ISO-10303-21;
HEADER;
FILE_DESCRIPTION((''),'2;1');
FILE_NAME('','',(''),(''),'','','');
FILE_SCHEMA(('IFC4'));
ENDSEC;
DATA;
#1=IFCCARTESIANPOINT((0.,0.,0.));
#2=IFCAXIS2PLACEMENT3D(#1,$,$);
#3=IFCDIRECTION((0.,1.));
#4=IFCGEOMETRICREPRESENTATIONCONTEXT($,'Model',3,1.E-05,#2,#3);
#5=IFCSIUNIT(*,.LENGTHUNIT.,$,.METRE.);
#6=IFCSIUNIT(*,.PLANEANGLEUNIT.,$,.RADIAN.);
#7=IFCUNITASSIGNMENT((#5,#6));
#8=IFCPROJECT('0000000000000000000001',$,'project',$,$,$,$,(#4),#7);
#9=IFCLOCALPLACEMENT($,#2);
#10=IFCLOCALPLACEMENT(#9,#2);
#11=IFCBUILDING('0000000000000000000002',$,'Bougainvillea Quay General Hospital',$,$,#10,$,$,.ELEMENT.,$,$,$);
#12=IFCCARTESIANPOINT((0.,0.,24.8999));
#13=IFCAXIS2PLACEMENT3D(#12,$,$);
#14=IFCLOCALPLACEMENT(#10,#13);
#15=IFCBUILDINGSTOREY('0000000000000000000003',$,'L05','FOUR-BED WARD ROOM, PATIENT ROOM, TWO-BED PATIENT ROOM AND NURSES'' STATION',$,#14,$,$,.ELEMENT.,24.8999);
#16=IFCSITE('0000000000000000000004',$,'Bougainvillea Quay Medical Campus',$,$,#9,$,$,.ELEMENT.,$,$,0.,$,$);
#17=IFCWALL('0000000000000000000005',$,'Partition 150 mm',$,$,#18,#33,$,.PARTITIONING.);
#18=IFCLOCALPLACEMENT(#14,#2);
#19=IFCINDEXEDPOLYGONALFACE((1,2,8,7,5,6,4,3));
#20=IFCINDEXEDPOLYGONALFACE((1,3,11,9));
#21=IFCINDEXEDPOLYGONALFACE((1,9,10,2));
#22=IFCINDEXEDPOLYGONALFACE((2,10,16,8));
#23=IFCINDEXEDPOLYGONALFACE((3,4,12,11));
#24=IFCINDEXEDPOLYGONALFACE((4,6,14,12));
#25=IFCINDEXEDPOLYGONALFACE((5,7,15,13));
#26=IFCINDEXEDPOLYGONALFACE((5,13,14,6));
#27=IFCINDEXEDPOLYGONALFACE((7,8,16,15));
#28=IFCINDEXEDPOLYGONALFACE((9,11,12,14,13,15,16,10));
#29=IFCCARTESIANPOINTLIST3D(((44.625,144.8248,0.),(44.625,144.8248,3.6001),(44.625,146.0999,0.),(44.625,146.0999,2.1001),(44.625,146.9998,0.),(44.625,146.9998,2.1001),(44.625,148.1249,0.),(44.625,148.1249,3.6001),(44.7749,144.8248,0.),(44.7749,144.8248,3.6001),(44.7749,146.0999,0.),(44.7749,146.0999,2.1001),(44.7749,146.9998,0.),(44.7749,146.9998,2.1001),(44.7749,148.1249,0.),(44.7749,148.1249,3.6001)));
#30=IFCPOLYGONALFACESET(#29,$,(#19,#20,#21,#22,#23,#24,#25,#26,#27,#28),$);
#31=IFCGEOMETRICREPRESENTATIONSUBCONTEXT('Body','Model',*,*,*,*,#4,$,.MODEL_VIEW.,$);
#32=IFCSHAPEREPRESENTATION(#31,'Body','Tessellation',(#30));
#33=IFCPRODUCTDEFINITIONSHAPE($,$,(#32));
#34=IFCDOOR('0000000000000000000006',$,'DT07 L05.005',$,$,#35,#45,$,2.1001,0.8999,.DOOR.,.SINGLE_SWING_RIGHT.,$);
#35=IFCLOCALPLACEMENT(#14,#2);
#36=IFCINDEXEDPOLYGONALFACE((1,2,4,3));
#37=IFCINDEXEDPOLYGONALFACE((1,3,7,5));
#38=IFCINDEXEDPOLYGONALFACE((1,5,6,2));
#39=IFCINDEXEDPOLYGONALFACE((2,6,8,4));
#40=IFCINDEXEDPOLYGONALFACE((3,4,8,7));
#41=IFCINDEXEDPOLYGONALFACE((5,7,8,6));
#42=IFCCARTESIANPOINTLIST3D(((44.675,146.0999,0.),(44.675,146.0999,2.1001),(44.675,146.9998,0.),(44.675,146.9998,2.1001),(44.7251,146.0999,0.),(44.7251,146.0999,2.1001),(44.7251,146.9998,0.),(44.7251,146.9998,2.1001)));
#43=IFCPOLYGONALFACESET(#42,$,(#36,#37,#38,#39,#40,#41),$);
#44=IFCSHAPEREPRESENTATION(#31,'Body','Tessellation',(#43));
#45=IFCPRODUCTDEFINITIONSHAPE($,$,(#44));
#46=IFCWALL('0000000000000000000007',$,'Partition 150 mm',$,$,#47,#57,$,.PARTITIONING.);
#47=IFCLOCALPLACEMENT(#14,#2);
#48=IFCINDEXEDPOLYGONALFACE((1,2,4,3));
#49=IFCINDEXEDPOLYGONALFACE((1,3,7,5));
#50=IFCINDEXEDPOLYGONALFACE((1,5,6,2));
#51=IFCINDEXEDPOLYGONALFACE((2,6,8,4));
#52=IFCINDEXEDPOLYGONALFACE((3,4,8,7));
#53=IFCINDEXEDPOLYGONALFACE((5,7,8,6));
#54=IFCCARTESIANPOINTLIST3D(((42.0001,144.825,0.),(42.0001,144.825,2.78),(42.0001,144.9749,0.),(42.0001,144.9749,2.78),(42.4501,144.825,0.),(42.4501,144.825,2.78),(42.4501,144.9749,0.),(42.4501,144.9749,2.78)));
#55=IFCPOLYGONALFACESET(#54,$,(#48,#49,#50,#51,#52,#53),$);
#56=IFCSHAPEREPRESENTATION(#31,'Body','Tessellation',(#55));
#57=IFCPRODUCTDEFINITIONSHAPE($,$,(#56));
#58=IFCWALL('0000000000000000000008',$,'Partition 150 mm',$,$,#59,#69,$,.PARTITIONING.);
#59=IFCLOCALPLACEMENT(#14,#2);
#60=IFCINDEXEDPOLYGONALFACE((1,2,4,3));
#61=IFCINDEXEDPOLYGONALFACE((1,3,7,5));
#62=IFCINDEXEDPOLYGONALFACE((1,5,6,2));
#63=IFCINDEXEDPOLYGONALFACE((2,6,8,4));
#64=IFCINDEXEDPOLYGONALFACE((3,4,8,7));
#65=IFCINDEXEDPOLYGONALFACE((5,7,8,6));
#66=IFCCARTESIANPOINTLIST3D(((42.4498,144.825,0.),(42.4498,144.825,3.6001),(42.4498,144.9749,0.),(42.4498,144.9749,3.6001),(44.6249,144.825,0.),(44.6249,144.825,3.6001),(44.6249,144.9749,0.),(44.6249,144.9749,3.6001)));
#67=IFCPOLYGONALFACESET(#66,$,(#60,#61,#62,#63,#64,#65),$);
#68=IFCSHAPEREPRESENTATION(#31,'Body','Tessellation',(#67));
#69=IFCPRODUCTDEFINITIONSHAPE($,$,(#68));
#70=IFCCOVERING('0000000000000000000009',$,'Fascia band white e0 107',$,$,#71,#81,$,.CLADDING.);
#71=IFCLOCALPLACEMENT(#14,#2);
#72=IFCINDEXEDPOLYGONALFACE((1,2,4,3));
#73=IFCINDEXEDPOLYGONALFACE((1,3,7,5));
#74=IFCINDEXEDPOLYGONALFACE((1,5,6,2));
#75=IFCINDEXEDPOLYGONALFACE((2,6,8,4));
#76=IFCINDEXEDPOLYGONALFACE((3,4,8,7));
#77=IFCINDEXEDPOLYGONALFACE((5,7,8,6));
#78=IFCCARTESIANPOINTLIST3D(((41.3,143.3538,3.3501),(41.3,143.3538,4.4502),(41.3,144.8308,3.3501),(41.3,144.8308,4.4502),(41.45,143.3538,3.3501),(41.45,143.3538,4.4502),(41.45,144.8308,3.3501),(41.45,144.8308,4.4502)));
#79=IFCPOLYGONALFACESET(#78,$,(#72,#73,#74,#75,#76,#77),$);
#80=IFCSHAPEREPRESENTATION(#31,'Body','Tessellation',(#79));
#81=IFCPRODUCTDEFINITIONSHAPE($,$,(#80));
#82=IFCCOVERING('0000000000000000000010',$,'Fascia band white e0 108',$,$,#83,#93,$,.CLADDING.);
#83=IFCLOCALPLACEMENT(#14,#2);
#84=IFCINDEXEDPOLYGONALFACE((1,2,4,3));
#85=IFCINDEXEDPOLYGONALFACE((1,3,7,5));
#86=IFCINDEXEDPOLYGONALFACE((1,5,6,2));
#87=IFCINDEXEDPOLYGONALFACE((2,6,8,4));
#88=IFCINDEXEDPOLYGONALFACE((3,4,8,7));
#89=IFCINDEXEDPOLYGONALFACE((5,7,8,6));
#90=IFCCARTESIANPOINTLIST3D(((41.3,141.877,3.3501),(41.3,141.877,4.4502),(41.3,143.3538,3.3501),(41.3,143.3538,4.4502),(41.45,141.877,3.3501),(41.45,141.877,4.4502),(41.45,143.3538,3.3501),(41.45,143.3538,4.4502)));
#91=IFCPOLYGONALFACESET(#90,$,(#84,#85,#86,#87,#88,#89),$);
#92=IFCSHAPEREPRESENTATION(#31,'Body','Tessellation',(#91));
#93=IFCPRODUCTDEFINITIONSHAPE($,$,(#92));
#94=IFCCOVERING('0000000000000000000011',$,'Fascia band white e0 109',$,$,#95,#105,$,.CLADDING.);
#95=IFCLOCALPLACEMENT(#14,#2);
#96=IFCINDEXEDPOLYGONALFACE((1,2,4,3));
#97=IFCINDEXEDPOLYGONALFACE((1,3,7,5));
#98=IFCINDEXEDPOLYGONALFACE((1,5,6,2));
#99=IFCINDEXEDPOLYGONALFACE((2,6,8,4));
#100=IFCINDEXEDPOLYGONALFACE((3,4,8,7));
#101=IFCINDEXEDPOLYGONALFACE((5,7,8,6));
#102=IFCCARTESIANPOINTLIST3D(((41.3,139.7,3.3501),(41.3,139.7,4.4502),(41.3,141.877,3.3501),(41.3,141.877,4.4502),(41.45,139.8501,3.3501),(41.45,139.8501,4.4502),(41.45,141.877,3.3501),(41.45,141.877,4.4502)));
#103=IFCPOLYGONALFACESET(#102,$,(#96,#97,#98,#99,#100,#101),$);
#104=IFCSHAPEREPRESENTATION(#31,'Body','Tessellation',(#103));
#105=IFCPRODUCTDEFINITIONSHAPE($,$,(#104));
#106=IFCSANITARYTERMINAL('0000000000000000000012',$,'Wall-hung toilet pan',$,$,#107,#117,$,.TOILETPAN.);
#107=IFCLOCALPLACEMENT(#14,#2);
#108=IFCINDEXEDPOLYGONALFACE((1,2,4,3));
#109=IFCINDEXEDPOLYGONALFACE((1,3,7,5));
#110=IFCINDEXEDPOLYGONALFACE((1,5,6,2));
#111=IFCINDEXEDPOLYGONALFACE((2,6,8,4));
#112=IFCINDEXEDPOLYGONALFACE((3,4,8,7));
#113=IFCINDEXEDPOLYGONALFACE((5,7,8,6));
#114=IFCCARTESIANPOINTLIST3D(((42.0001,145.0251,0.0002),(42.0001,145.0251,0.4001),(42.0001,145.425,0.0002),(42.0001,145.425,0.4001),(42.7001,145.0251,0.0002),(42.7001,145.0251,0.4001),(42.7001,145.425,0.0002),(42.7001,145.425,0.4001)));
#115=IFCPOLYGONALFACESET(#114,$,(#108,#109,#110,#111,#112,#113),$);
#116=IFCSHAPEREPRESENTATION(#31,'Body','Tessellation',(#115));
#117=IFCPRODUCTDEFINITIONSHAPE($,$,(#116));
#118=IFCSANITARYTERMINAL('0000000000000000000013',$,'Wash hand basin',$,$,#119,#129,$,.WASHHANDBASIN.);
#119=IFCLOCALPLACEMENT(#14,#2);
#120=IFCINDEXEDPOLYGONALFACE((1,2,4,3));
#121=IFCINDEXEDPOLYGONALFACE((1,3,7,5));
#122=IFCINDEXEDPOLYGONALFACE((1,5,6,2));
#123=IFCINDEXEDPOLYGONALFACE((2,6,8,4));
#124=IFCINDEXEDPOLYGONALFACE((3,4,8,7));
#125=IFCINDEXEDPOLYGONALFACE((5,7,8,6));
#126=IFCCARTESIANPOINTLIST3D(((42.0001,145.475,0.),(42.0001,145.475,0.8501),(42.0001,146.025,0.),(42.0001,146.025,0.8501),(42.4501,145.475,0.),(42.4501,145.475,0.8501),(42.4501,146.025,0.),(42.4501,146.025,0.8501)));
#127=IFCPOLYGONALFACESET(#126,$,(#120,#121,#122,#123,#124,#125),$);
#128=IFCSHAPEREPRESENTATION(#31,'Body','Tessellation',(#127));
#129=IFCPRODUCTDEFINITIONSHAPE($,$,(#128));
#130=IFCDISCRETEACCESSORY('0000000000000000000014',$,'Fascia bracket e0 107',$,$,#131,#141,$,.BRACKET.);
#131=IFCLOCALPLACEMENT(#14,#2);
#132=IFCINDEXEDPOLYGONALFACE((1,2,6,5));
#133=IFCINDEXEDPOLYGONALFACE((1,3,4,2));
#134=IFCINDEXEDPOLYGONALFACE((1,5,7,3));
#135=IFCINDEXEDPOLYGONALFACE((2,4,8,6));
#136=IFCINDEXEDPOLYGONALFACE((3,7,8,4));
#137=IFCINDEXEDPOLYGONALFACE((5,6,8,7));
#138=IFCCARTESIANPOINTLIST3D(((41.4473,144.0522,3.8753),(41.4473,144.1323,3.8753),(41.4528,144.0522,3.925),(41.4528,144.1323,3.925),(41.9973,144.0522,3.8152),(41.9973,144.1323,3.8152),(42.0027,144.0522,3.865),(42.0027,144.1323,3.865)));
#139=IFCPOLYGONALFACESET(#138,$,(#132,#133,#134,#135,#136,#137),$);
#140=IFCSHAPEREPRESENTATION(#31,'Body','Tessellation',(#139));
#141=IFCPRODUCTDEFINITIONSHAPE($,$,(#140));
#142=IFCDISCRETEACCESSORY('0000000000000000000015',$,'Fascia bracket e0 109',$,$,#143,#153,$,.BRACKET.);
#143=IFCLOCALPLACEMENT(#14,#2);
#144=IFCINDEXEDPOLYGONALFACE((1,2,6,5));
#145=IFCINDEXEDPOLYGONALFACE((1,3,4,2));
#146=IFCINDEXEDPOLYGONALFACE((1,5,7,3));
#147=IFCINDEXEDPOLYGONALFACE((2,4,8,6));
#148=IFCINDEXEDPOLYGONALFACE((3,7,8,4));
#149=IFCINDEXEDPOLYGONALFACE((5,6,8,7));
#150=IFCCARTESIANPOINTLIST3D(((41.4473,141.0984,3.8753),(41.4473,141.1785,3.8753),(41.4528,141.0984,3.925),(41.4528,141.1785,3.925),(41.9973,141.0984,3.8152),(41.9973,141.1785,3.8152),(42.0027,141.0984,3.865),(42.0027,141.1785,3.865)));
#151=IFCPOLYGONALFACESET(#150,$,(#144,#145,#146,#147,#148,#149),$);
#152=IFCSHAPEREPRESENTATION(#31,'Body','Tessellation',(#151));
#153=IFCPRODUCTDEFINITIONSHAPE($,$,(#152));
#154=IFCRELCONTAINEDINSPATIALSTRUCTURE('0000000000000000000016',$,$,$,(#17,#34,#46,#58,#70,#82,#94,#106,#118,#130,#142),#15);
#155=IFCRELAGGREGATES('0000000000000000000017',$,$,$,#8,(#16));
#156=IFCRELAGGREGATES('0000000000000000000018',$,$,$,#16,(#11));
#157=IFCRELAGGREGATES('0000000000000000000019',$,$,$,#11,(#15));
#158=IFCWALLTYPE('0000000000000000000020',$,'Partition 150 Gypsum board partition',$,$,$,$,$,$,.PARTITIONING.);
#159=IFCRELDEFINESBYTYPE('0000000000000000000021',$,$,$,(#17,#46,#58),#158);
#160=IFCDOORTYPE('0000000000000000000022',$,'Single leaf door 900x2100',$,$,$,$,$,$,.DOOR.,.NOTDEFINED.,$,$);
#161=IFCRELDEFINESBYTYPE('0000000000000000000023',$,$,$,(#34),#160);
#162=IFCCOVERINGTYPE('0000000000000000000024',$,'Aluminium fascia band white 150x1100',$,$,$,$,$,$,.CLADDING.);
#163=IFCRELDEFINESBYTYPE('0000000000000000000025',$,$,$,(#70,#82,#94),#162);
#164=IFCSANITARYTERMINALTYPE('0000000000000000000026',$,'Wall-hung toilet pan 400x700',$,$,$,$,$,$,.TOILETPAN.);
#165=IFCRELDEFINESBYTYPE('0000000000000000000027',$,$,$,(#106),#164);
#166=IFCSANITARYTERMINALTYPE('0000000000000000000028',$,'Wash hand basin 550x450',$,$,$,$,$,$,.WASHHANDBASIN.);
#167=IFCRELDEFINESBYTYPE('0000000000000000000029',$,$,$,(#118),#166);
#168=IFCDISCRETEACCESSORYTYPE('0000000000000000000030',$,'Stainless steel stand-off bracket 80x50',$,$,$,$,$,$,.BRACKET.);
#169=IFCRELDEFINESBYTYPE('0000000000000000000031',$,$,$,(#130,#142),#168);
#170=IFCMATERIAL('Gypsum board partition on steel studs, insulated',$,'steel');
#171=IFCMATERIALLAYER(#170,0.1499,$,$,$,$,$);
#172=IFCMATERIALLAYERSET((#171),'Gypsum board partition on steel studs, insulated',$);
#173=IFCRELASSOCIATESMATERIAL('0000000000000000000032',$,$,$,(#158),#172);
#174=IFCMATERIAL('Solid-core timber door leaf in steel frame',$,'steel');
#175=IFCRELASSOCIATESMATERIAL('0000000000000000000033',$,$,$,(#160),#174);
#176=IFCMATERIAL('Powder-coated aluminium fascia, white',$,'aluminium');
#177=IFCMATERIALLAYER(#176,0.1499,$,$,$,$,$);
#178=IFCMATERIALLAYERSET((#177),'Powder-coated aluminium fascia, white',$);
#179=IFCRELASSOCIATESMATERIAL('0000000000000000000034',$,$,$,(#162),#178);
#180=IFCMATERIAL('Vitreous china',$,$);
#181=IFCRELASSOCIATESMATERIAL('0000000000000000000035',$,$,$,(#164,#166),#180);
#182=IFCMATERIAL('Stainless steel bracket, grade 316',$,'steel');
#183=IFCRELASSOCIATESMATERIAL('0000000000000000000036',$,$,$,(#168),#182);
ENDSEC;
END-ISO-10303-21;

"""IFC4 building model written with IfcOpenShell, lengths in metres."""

from ifc_helpers import new_model, si_unit, direction, frame, frame_2d, origin, origin_2d, place, context, subcontext, project, spatial, polyline, rectangle, outline, extrude, material, layer, layer_set, material_profile, profile_set, type_object, element, fill, save


model = new_model("IFC4")

# Units and contexts
model_context = context("Model", 3, precision=1e-05, world=origin(), true_north=direction((0.0, 1.0)))
body_context = subcontext(model_context, "Body", "Model", "MODEL_VIEW")
ifc_project = project(units=[si_unit("LENGTHUNIT", "METRE"), si_unit("PLANEANGLEUNIT", "RADIAN")], contexts=[model_context])

# Site, building, storey
site_placement = place(None, origin())
site = spatial("IfcSite", under=ifc_project, at=site_placement, Name="Bougainvillea Quay Medical Campus", CompositionType="ELEMENT", RefElevation=0.0)
building_placement = place(site_placement, origin())
building = spatial("IfcBuilding", under=site, at=building_placement, Name="Bougainvillea Quay General Hospital", CompositionType="ELEMENT")
storey_placement = place(building_placement, frame((0.0, 0.0, 24.8999)))
storey = spatial("IfcBuildingStorey", under=building, at=storey_placement, Name="L05", Description="FOUR-BED WARD ROOM, PATIENT ROOM, TWO-BED PATIENT ROOM AND NURSES' STATION", CompositionType="ELEMENT", Elevation=24.8999)

# Wall, opening, door
ifc_material_1 = material(Name="Gypsum board partition on steel studs, insulated", Category="steel")
ifc_layer_1 = layer(ifc_material_1, 0.1499)
ifc_layer_set_1 = layer_set([ifc_layer_1], Name="Gypsum board partition on steel studs, insulated")
wall_type = type_object("IfcWallType", Name="Partition 150 Gypsum board partition", PredefinedType="PARTITIONING", material=ifc_layer_set_1)
wall_1_placement = place(storey_placement, frame((44.7, 144.825, 0.0), z_axis=(0.0, 0.0, 1.0), x_axis=(0.0, 1.0, 0.0)))
wall_1 = element("IfcWall", 1, at=wall_1_placement, inside=storey, type_object=wall_type, Name="Partition 150 mm", PredefinedType="PARTITIONING", context=body_context, shape_type="SweptSolid", body=[
    extrude(rectangle(XDim=3.3, YDim=0.1499, at=frame_2d((1.6499, 0.0))), origin(), (0.0, 0.0, 1.0), 3.6001),
])
opening_placement = place(wall_1_placement, frame((1.2749, 0.0, 0.0)))
opening = element("IfcOpeningElement", 2, at=opening_placement, cuts=wall_1, PredefinedType="OPENING", context=body_context, shape_type="SweptSolid", body=[
    extrude(rectangle(XDim=0.8999, YDim=2.1001, at=frame_2d((0.45, 1.05))), frame((0.0, 0.085, 0.0), z_axis=(0.0, -1.0, 0.0), x_axis=(1.0, 0.0, 0.0)), (0.0, 0.0, 1.0), 0.1699),
])
ifc_material_2 = material(Name="Solid-core timber door leaf in steel frame", Category="steel")
door_type = type_object("IfcDoorType", Name="Single leaf door 900x2100", OperationType="NOTDEFINED", PredefinedType="DOOR", material=ifc_material_2)
door_placement = place(opening_placement, origin())
door = element("IfcDoor", 3, at=door_placement, inside=storey, type_object=door_type, Name="DT07 L05.005", OperationType="SINGLE_SWING_RIGHT", OverallHeight=2.1001, OverallWidth=0.8999, PredefinedType="DOOR", context=body_context, shape_type="SweptSolid", body=[
    extrude(rectangle(XDim=0.8999, YDim=2.1001, at=frame_2d((0.45, 1.05))), frame((0.0, 0.0249, 0.0), z_axis=(0.0, -1.0, 0.0), x_axis=(1.0, 0.0, 0.0)), (0.0, 0.0, 1.0), 0.05),
])
fill(opening, door)

# Walls
wall_2_placement = place(storey_placement, frame((42.0, 144.8999, 0.0), z_axis=(0.0, 0.0, 1.0), x_axis=(1.0, 0.0, 0.0)))
element("IfcWall", 4, at=wall_2_placement, inside=storey, type_object=wall_type, Name="Partition 150 mm", PredefinedType="PARTITIONING", context=body_context, shape_type="SweptSolid", body=[
    extrude(rectangle(XDim=0.45, YDim=0.1499, at=frame_2d((0.2251, 0.0))), origin(), (0.0, 0.0, 1.0), 2.78),
])
wall_3_placement = place(storey_placement, frame((42.45, 144.8999, 0.0), z_axis=(0.0, 0.0, 1.0), x_axis=(1.0, 0.0, 0.0)))
element("IfcWall", 5, at=wall_3_placement, inside=storey, type_object=wall_type, Name="Partition 150 mm", PredefinedType="PARTITIONING", context=body_context, shape_type="SweptSolid", body=[
    extrude(rectangle(XDim=2.175, YDim=0.1499, at=frame_2d((1.0874, 0.0))), origin(), (0.0, 0.0, 1.0), 3.6001),
])

# Coverings
ifc_material_3 = material(Name="Powder-coated aluminium fascia, white", Category="aluminium")
ifc_layer_2 = layer(ifc_material_3, 0.1499)
ifc_layer_set_2 = layer_set([ifc_layer_2], Name="Powder-coated aluminium fascia, white")
covering_type = type_object("IfcCoveringType", Name="Aluminium fascia band white 150x1100", PredefinedType="CLADDING", material=ifc_layer_set_2)
covering_1_placement = place(storey_placement, frame((41.45, 144.8308, 3.3501), z_axis=(0.0, 0.0, 1.0), x_axis=(0.0, -1.0, 0.0)))
element("IfcCovering", 6, at=covering_1_placement, inside=storey, type_object=covering_type, Name="Fascia band white e0 107", PredefinedType="CLADDING", context=body_context, shape_type="SweptSolid", body=[
    extrude(outline(polyline([(0.0, 0.0), (1.4771, 0.0), (1.4771, -0.1499), (0.0, -0.1499), (0.0, 0.0)])), origin(), (0.0, 0.0, 1.0), 1.1001),
])
covering_2_placement = place(storey_placement, frame((41.45, 143.3538, 3.3501), z_axis=(0.0, 0.0, 1.0), x_axis=(0.0, -1.0, 0.0)))
element("IfcCovering", 7, at=covering_2_placement, inside=storey, type_object=covering_type, Name="Fascia band white e0 108", PredefinedType="CLADDING", context=body_context, shape_type="SweptSolid", body=[
    extrude(outline(polyline([(0.0, 0.0), (1.4768, 0.0), (1.4768, -0.1499), (0.0, -0.1499), (0.0, 0.0)])), origin(), (0.0, 0.0, 1.0), 1.1001),
])
covering_3_placement = place(storey_placement, frame((41.45, 141.877, 3.3501), z_axis=(0.0, 0.0, 1.0), x_axis=(0.0, -1.0, 0.0)))
element("IfcCovering", 8, at=covering_3_placement, inside=storey, type_object=covering_type, Name="Fascia band white e0 109", PredefinedType="CLADDING", context=body_context, shape_type="SweptSolid", body=[
    extrude(outline(polyline([(0.0, 0.0), (2.0269, 0.0), (2.177, -0.1499), (0.0, -0.1499), (0.0, 0.0)])), origin(), (0.0, 0.0, 1.0), 1.1001),
])

# Sanitary terminals
ifc_material_4 = material(Name="Vitreous china")
sanitary_terminal_type_1 = type_object("IfcSanitaryTerminalType", Name="Wall-hung toilet pan 400x700", PredefinedType="TOILETPAN", material=ifc_material_4)
sanitary_terminal_1_placement = place(storey_placement, frame((42.3501, 145.2251, 0.0002), z_axis=(0.0, 0.0, 1.0), x_axis=(0.0, 1.0, 0.0)))
element("IfcSanitaryTerminal", 9, at=sanitary_terminal_1_placement, inside=storey, type_object=sanitary_terminal_type_1, Name="Wall-hung toilet pan", PredefinedType="TOILETPAN", context=body_context, shape_type="SweptSolid", body=[
    extrude(rectangle(XDim=0.3999, YDim=0.7, at=origin_2d()), origin(), (0.0, 0.0, 1.0), 0.3999),
])
sanitary_terminal_type_2 = type_object("IfcSanitaryTerminalType", Name="Wash hand basin 550x450", PredefinedType="WASHHANDBASIN", material=ifc_material_4)
sanitary_terminal_2_placement = place(storey_placement, frame((42.2251, 145.75, 0.0), z_axis=(0.0, 0.0, 1.0), x_axis=(0.0, 1.0, 0.0)))
element("IfcSanitaryTerminal", 10, at=sanitary_terminal_2_placement, inside=storey, type_object=sanitary_terminal_type_2, Name="Wash hand basin", PredefinedType="WASHHANDBASIN", context=body_context, shape_type="SweptSolid", body=[
    extrude(rectangle(XDim=0.55, YDim=0.45, at=origin_2d()), origin(), (0.0, 0.0, 1.0), 0.8501),
])

# Discrete accessories
ifc_material_5 = material(Name="Stainless steel bracket, grade 316", Category="steel")
ifc_material_profile_1 = material_profile(ifc_material_5, rectangle(XDim=0.0801, YDim=0.05, at=origin_2d()))
ifc_profile_set_1 = profile_set([ifc_material_profile_1], Name="Stainless steel bracket, grade 316")
discrete_accessory_type = type_object("IfcDiscreteAccessoryType", Name="Stainless steel stand-off bracket 80x50", PredefinedType="BRACKET", material=ifc_profile_set_1)
for number, where, z_axis, x_axis, name in (
    (11, (42.0, 144.0923, 3.8401), (-0.994092, 0.0, 0.108543), (0.0, -1.0, 0.0), "Fascia bracket e0 107"),
    (12, (42.0, 141.1384, 3.8401), (-0.994092, 0.0, 0.108543), (0.0, -1.0, 0.0), "Fascia bracket e0 109"),
):
    element("IfcDiscreteAccessory", number, at=place(storey_placement, frame(where, z_axis=z_axis, x_axis=x_axis)), inside=storey, type_object=discrete_accessory_type, Name=name, PredefinedType="BRACKET", context=body_context, shape_type="SweptSolid", body=[
        extrude(rectangle(XDim=0.0801, YDim=0.05, at=origin_2d()), origin(), (0.0, 0.0, 1.0), 0.5532),
    ])

save(model, "model.ifc")
